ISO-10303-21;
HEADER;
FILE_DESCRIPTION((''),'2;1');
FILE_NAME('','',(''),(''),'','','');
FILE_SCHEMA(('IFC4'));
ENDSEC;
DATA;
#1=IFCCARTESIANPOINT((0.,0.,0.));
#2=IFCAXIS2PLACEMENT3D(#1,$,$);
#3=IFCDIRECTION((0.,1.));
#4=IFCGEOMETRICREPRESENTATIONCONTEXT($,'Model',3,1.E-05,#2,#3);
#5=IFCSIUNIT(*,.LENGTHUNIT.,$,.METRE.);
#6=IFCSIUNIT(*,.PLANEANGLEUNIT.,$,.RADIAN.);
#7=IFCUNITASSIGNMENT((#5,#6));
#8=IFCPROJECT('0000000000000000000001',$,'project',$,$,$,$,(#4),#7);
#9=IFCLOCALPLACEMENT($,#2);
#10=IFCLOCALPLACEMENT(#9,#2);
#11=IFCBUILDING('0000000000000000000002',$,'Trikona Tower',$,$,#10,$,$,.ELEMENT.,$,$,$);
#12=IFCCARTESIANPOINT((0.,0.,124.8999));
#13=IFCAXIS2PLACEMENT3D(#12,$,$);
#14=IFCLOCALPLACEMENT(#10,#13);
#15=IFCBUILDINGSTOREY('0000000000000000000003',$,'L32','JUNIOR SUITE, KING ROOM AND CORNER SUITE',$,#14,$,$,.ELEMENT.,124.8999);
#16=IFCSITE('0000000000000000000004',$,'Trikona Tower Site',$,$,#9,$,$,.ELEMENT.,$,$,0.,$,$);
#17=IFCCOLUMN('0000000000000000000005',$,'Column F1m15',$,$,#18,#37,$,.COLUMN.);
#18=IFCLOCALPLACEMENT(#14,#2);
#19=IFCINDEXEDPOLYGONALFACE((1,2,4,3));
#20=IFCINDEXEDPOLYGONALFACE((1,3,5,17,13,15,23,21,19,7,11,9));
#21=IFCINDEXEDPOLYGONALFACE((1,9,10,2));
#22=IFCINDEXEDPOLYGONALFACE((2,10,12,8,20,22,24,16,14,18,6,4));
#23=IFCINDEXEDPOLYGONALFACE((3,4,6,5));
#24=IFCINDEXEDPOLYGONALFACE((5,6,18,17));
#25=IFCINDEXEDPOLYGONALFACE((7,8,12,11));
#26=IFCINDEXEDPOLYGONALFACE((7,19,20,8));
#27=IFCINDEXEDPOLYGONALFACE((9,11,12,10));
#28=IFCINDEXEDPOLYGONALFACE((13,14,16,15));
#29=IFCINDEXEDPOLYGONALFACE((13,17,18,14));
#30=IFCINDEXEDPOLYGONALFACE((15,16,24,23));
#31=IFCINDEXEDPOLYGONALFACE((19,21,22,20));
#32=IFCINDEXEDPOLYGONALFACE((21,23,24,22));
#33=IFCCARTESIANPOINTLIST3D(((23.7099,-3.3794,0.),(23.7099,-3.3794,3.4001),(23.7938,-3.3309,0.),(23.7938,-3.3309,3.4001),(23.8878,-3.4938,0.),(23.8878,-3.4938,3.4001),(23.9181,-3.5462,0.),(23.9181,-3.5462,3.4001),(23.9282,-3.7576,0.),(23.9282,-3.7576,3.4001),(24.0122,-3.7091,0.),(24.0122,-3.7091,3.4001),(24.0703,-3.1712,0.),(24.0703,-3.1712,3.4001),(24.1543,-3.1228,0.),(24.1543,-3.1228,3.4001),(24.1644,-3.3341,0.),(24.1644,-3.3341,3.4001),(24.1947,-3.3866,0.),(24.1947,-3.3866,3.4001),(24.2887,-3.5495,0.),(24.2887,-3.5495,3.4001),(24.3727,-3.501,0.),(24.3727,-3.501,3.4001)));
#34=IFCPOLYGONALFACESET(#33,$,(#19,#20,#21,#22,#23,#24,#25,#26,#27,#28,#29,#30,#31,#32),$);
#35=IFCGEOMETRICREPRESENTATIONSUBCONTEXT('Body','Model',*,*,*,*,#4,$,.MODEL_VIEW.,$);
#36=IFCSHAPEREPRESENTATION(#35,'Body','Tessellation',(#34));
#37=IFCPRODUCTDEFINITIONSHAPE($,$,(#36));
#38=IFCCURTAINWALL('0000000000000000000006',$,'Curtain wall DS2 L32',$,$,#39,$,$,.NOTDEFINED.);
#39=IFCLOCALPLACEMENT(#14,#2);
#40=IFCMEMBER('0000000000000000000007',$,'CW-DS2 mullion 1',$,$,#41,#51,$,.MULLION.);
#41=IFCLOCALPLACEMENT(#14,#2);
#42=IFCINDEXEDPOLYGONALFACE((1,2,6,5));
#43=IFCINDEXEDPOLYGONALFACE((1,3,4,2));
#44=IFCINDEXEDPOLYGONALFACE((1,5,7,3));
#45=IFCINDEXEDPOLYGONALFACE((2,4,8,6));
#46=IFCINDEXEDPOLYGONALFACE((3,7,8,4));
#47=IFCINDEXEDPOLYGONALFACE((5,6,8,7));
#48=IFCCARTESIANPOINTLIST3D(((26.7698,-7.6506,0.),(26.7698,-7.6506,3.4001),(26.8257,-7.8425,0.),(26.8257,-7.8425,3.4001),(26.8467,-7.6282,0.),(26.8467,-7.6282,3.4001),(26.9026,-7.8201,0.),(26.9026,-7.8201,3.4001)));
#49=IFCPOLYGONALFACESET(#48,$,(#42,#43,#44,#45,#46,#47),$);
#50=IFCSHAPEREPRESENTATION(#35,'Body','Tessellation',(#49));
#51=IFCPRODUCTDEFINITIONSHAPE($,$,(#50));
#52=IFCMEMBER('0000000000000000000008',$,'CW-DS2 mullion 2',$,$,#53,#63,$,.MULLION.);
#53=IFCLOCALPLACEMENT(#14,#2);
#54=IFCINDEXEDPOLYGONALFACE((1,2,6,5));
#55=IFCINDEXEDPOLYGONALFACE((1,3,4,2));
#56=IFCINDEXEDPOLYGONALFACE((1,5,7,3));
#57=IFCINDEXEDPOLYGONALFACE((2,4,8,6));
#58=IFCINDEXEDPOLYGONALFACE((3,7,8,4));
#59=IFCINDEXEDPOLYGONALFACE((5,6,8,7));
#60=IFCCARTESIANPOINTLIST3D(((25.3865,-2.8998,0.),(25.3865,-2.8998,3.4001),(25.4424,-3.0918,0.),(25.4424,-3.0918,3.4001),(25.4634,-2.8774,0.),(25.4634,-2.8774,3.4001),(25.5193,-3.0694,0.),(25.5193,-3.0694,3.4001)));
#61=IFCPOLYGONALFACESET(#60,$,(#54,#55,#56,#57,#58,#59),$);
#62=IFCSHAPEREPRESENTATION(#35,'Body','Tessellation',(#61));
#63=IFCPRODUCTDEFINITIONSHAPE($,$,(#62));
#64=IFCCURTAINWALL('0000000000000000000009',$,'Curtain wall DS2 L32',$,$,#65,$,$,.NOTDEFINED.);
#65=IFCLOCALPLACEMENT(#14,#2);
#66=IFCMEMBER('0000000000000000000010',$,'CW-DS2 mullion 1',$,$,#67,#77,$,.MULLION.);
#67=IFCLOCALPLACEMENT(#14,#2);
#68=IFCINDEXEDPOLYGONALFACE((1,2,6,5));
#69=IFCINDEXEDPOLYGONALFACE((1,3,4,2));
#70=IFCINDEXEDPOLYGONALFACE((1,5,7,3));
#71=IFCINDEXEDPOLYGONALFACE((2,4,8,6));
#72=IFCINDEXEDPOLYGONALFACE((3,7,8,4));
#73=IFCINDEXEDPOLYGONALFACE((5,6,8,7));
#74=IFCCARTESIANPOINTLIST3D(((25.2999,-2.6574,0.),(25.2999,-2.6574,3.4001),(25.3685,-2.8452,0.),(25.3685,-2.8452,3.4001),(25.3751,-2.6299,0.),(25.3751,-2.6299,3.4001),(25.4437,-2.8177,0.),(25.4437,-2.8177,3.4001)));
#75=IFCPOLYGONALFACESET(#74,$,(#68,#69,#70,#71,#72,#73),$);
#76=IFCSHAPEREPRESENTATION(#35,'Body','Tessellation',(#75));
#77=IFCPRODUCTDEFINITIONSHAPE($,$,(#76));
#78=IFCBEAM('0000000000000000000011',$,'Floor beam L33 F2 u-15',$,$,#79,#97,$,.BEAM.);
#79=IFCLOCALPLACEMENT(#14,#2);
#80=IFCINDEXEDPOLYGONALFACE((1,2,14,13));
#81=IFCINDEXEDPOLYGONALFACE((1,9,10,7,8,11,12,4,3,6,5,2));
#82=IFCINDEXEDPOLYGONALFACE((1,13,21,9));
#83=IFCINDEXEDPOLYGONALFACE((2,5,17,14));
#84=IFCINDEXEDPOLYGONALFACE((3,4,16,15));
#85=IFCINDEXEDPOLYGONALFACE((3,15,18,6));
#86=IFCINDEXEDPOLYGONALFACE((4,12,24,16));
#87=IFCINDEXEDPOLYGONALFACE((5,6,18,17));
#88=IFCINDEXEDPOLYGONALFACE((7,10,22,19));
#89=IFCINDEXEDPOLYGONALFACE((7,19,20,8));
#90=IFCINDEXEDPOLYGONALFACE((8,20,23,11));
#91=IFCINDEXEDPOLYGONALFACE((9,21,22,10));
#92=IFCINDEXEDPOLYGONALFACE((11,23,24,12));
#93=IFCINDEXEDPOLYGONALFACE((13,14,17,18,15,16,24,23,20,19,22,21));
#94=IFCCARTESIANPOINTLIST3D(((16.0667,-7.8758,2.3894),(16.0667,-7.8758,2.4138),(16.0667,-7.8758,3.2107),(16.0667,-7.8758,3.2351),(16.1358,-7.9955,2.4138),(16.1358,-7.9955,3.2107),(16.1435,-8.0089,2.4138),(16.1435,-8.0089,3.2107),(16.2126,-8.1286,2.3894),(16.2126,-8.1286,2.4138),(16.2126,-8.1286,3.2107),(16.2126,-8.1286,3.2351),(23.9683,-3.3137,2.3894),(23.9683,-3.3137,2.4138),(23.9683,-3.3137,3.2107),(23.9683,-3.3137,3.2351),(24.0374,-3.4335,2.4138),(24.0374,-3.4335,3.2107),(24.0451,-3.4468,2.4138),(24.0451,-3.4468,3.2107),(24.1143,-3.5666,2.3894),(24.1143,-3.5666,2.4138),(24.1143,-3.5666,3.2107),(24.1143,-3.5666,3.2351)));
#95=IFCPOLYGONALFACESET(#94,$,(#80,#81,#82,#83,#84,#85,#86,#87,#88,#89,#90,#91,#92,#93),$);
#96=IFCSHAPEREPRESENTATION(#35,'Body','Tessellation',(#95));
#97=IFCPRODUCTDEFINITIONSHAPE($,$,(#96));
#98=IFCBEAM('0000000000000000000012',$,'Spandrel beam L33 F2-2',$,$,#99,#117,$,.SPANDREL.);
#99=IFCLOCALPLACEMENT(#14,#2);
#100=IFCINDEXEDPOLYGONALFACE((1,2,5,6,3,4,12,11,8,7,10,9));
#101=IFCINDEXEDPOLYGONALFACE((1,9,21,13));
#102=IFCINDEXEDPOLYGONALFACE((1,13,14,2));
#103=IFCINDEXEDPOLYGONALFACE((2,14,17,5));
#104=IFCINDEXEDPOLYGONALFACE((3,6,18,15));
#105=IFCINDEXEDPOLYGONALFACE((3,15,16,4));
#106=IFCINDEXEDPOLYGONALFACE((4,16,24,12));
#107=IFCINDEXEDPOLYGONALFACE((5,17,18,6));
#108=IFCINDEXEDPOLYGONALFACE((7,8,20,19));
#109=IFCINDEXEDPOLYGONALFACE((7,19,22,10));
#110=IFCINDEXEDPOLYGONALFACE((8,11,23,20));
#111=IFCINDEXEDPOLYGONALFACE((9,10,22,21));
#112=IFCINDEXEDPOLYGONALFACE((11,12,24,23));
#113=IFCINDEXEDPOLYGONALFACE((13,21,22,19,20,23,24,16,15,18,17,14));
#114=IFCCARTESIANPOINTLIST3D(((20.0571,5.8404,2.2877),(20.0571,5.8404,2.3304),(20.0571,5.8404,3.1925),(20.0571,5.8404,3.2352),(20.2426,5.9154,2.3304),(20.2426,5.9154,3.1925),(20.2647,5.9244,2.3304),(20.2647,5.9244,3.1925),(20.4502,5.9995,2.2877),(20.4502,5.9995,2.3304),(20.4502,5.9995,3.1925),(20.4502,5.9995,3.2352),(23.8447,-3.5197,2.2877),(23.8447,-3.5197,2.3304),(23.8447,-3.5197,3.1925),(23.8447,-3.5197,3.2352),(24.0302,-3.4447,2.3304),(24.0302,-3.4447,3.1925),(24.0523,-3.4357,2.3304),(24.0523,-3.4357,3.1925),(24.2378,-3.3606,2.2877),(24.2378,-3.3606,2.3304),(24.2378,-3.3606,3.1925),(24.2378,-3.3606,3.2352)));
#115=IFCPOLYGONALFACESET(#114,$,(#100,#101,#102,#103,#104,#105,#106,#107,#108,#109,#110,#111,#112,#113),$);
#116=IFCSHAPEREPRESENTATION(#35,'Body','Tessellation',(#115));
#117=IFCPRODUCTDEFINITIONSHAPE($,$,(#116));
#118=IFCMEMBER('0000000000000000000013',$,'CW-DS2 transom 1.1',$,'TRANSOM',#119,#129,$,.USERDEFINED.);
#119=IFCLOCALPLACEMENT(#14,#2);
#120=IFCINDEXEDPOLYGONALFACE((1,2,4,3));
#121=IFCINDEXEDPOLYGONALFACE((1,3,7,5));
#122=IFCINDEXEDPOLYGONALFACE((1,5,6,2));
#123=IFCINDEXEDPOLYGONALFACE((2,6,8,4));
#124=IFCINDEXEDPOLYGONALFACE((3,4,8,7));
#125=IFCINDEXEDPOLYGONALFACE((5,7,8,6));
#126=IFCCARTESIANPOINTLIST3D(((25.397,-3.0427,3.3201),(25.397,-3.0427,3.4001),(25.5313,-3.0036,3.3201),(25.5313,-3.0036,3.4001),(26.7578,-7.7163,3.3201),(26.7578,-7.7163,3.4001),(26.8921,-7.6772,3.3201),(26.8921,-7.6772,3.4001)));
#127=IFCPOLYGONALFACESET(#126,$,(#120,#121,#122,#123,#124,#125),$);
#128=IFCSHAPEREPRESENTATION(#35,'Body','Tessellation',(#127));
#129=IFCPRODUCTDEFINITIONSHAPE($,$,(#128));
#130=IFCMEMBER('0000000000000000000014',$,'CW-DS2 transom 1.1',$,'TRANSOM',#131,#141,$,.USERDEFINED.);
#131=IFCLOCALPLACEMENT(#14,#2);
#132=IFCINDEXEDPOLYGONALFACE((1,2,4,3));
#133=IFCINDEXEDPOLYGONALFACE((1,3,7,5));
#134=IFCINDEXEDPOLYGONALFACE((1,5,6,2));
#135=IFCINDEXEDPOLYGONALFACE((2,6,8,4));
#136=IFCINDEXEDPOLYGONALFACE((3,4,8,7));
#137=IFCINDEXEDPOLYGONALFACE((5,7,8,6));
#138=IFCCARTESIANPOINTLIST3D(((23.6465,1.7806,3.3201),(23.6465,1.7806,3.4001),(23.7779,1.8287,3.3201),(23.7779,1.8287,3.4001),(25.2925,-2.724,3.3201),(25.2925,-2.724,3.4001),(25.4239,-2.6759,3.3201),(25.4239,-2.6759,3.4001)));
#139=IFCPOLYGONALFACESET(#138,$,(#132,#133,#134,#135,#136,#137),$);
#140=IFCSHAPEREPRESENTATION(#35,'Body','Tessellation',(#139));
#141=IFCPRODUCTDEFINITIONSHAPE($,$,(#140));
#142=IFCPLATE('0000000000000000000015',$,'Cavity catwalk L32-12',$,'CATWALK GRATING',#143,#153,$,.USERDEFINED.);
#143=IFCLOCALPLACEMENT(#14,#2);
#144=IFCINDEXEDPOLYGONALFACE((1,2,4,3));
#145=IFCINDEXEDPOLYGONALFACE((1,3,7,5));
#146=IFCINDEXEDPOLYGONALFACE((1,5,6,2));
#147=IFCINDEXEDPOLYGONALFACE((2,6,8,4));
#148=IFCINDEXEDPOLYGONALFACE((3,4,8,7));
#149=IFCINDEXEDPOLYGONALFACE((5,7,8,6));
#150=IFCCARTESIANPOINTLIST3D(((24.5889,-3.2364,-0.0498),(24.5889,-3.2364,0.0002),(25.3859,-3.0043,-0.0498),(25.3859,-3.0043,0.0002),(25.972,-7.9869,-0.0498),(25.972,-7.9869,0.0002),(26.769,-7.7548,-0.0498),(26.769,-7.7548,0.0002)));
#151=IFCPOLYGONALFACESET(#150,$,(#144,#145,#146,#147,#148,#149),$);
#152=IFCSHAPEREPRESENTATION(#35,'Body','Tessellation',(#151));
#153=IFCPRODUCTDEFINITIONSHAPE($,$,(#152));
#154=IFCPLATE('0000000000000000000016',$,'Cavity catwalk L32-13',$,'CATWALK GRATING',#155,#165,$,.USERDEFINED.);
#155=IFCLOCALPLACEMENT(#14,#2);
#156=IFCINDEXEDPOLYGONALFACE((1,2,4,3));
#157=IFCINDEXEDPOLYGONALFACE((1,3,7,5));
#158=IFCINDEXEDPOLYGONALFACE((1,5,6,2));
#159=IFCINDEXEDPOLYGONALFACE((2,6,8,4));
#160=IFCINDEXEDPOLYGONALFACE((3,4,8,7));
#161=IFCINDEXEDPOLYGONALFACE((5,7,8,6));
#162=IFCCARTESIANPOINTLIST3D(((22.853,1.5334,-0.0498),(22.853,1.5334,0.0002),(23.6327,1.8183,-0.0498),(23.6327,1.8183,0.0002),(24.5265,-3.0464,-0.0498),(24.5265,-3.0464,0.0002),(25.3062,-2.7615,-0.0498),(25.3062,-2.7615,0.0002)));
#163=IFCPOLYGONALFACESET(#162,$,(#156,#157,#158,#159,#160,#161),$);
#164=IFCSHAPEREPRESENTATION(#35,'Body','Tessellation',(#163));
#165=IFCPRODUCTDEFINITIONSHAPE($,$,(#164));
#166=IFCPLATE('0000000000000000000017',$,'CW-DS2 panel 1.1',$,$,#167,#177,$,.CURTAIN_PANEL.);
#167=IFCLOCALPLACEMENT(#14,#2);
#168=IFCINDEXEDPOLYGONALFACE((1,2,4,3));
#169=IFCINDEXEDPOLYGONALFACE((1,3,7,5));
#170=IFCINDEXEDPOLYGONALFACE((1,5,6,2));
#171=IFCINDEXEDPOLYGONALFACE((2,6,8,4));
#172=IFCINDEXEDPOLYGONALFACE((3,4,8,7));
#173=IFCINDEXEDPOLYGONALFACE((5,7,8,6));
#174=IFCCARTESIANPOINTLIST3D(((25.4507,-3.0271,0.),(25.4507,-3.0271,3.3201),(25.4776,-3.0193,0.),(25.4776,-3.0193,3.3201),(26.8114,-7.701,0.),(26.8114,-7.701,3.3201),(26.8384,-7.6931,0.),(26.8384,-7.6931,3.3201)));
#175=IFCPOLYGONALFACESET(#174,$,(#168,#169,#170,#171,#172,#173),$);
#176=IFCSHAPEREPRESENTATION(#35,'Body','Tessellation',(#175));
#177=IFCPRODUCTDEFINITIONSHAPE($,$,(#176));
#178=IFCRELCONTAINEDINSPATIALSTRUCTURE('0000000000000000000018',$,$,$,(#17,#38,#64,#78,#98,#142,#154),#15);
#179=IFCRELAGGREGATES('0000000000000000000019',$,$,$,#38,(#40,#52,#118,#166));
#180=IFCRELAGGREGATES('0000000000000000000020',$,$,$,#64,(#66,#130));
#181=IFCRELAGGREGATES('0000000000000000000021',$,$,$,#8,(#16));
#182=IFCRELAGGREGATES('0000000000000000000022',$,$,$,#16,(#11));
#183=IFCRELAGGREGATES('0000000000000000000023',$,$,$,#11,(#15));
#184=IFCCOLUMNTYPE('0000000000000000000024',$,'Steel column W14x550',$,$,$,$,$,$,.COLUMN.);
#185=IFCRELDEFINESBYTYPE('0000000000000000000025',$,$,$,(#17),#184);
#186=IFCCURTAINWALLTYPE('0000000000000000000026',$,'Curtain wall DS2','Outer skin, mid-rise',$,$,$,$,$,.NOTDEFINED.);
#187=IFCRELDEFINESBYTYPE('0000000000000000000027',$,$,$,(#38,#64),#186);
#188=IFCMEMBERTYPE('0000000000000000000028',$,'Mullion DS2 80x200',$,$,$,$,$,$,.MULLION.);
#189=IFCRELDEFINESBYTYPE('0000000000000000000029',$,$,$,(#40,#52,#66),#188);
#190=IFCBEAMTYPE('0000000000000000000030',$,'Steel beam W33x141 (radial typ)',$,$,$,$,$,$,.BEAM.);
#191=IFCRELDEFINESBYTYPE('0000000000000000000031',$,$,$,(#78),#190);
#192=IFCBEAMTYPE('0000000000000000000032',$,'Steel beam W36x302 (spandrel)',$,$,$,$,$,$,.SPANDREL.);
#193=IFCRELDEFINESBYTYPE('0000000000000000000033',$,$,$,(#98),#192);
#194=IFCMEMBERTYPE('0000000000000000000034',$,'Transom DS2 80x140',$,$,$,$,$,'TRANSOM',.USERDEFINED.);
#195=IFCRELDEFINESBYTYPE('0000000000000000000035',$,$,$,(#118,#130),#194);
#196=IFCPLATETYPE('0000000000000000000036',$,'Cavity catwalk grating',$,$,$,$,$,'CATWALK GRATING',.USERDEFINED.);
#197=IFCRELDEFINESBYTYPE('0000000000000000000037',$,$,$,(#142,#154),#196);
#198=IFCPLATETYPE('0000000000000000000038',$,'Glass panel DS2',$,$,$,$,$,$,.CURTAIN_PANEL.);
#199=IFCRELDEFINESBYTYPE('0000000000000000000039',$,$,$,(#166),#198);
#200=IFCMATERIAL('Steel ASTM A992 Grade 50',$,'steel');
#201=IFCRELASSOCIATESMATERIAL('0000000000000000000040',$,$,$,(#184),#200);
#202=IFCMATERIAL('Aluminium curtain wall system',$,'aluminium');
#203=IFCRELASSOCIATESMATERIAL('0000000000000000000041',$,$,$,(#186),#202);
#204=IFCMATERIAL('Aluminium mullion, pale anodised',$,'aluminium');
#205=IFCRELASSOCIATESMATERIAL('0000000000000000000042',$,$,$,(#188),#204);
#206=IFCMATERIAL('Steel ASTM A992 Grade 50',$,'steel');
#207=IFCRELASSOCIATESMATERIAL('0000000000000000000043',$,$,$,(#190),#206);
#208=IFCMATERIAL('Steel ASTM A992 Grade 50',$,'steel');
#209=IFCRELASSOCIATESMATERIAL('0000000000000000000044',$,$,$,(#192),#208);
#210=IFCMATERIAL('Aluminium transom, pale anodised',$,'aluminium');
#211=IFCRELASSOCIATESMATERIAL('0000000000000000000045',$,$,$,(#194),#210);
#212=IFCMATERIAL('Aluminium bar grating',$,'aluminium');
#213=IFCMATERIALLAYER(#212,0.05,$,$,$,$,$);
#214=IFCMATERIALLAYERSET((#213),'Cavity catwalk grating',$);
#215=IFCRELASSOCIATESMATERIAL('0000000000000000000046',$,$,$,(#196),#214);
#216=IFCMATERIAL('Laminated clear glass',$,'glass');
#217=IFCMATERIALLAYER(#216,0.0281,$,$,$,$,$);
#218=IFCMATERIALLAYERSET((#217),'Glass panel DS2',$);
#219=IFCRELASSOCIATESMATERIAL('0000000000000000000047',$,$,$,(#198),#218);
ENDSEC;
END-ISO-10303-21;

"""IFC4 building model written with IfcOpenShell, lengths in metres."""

from ifc_helpers import new_model, si_unit, direction, frame, origin, origin_2d, place, context, subcontext, project, spatial, rectangle, i_section, extrude, material, layer, layer_set, material_profile, profile_set, type_object, element, aggregate, save


model = new_model("IFC4")

# Units and contexts
model_context = context("Model", 3, precision=1e-05, world=origin(), true_north=direction((0.0, 1.0)))
body_context = subcontext(model_context, "Body", "Model", "MODEL_VIEW")
ifc_project = project(units=[si_unit("LENGTHUNIT", "METRE"), si_unit("PLANEANGLEUNIT", "RADIAN")], contexts=[model_context])

# Site, building, storey
site_placement = place(None, origin())
site = spatial("IfcSite", under=ifc_project, at=site_placement, Name="Trikona Tower Site", CompositionType="ELEMENT", RefElevation=0.0)
building_placement = place(site_placement, origin())
building = spatial("IfcBuilding", under=site, at=building_placement, Name="Trikona Tower", CompositionType="ELEMENT")
storey_placement = place(building_placement, frame((0.0, 0.0, 124.8999)))
storey = spatial("IfcBuildingStorey", under=building, at=storey_placement, Name="L32", Description="JUNIOR SUITE, KING ROOM AND CORNER SUITE", CompositionType="ELEMENT", Elevation=124.8999)

# Column
ifc_material_1 = material(Name="Steel ASTM A992 Grade 50", Category="steel")
ifc_material_profile_1 = material_profile(ifc_material_1, i_section(OverallWidth=0.4368, OverallDepth=0.5132, WebThickness=0.0605, FlangeThickness=0.0969, at=origin_2d()), Name="W14X550")
ifc_profile_set_1 = profile_set([ifc_material_profile_1], Name="Steel ASTM A992 Grade 50")
column_type = type_object("IfcColumnType", Name="Steel column W14x550", PredefinedType="COLUMN", material=ifc_profile_set_1)
column_placement = place(storey_placement, frame((24.0413, -3.4402, 0.0), z_axis=(0.0, 0.0, 1.0), x_axis=(-0.5, 0.866025, 0.0)))
element("IfcColumn", 1, at=column_placement, inside=storey, type_object=column_type, Name="Column F1m15", PredefinedType="COLUMN", context=body_context, shape_type="SweptSolid", body=[
    extrude(i_section(OverallWidth=0.4368, OverallDepth=0.5132, WebThickness=0.0605, FlangeThickness=0.0969, at=origin_2d()), origin(), (0.0, 0.0, 1.0), 3.4001),
])

# Curtain wall, members
ifc_material_2 = material(Name="Aluminium curtain wall system", Category="aluminium")
curtain_wall_type = type_object("IfcCurtainWallType", Name="Curtain wall DS2", Description="Outer skin, mid-rise", PredefinedType="NOTDEFINED", material=ifc_material_2)
curtain_wall_1_placement = place(storey_placement, origin())
curtain_wall_1 = element("IfcCurtainWall", 2, at=curtain_wall_1_placement, inside=storey, type_object=curtain_wall_type, Name="Curtain wall DS2 L32", PredefinedType="NOTDEFINED")
ifc_material_3 = material(Name="Aluminium mullion, pale anodised", Category="aluminium")
ifc_material_profile_2 = material_profile(ifc_material_3, rectangle(XDim=0.0801, YDim=0.2, at=origin_2d()), Name="MUL-DS2")
ifc_profile_set_2 = profile_set([ifc_material_profile_2], Name="Aluminium mullion, pale anodised")
member_type_1 = type_object("IfcMemberType", Name="Mullion DS2 80x200", PredefinedType="MULLION", material=ifc_profile_set_2)
member_1_placement = place(storey_placement, frame((26.8362, -7.7354, 0.0), z_axis=(0.0, 0.0, 1.0), x_axis=(-0.960133, -0.279543, 0.0)))
member_1 = element("IfcMember", 3, at=member_1_placement, type_object=member_type_1, Name="CW-DS2 mullion 1", PredefinedType="MULLION", context=body_context, shape_type="SweptSolid", body=[
    extrude(rectangle(XDim=0.0801, YDim=0.2, at=origin_2d()), origin(), (0.0, 0.0, 1.0), 3.4001),
])
member_2_placement = place(storey_placement, frame((25.4529, -2.9846, 0.0), z_axis=(0.0, 0.0, 1.0), x_axis=(-0.960133, -0.279543, 0.0)))
member_2 = element("IfcMember", 4, at=member_2_placement, type_object=member_type_1, Name="CW-DS2 mullion 2", PredefinedType="MULLION", context=body_context, shape_type="SweptSolid", body=[
    extrude(rectangle(XDim=0.0801, YDim=0.2, at=origin_2d()), origin(), (0.0, 0.0, 1.0), 3.4001),
])

# Curtain wall, member
curtain_wall_2_placement = place(storey_placement, origin())
curtain_wall_2 = element("IfcCurtainWall", 5, at=curtain_wall_2_placement, inside=storey, type_object=curtain_wall_type, Name="Curtain wall DS2 L32", PredefinedType="NOTDEFINED")
member_3_placement = place(storey_placement, frame((25.3718, -2.7375, 0.0), z_axis=(0.0, 0.0, 1.0), x_axis=(-0.939254, -0.343223, 0.0)))
member_3 = element("IfcMember", 6, at=member_3_placement, type_object=member_type_1, Name="CW-DS2 mullion 1", PredefinedType="MULLION", context=body_context, shape_type="SweptSolid", body=[
    extrude(rectangle(XDim=0.0801, YDim=0.2, at=origin_2d()), origin(), (0.0, 0.0, 1.0), 3.4001),
])

# Beams
ifc_material_4 = material(Name="Steel ASTM A992 Grade 50", Category="steel")
ifc_material_profile_3 = material_profile(ifc_material_4, i_section(OverallWidth=0.292, OverallDepth=0.8457, WebThickness=0.0154, FlangeThickness=0.0244, at=origin_2d()), Name="W33X141")
ifc_profile_set_3 = profile_set([ifc_material_profile_3], Name="Steel ASTM A992 Grade 50")
beam_type_1 = type_object("IfcBeamType", Name="Steel beam W33x141 (radial typ)", PredefinedType="BEAM", material=ifc_profile_set_3)
beam_1_placement = place(storey_placement, frame((16.1396, -8.0022, 2.8123), z_axis=(0.866025, 0.500001, 0.0), x_axis=(-0.500001, 0.866025, 0.0)))
element("IfcBeam", 7, at=beam_1_placement, inside=storey, type_object=beam_type_1, Name="Floor beam L33 F2 u-15", PredefinedType="BEAM", context=body_context, shape_type="SweptSolid", body=[
    extrude(i_section(OverallWidth=0.292, OverallDepth=0.8457, WebThickness=0.0154, FlangeThickness=0.0244, at=origin_2d()), origin(), (0.0, 0.0, 1.0), 9.124),
])
ifc_material_5 = material(Name="Steel ASTM A992 Grade 50", Category="steel")
ifc_material_profile_4 = material_profile(ifc_material_5, i_section(OverallWidth=0.4241, OverallDepth=0.9475, WebThickness=0.0239, FlangeThickness=0.0427, at=origin_2d()), Name="W36X302")
ifc_profile_set_4 = profile_set([ifc_material_profile_4], Name="Steel ASTM A992 Grade 50")
beam_type_2 = type_object("IfcBeamType", Name="Steel beam W36x302 (spandrel)", PredefinedType="SPANDREL", material=ifc_profile_set_4)
beam_2_placement = place(storey_placement, frame((24.0413, -3.4402, 2.7615), z_axis=(-0.375106, 0.926982, 0.0), x_axis=(-0.926982, -0.375106, 0.0)))
element("IfcBeam", 8, at=beam_2_placement, inside=storey, type_object=beam_type_2, Name="Spandrel beam L33 F2-2", PredefinedType="SPANDREL", context=body_context, shape_type="SweptSolid", body=[
    extrude(i_section(OverallWidth=0.4241, OverallDepth=0.9475, WebThickness=0.0239, FlangeThickness=0.0427, at=origin_2d()), origin(), (0.0, 0.0, 1.0), 10.0974),
])

# Members
ifc_material_6 = material(Name="Aluminium transom, pale anodised", Category="aluminium")
ifc_material_profile_5 = material_profile(ifc_material_6, rectangle(XDim=0.1399, YDim=0.0801, at=origin_2d()), Name="TRN-DS2")
ifc_profile_set_5 = profile_set([ifc_material_profile_5], Name="Aluminium transom, pale anodised")
member_type_2 = type_object("IfcMemberType", Name="Transom DS2 80x140", ElementType="TRANSOM", PredefinedType="USERDEFINED", material=ifc_profile_set_5)
member_4_placement = place(storey_placement, frame((26.825, -7.6968, 3.3601), z_axis=(-0.279567, 0.960126, 0.0), x_axis=(-0.960126, -0.279567, 0.0)))
member_4 = element("IfcMember", 9, at=member_4_placement, type_object=member_type_2, Name="CW-DS2 transom 1.1", ObjectType="TRANSOM", PredefinedType="USERDEFINED", context=body_context, shape_type="SweptSolid", body=[
    extrude(rectangle(XDim=0.1399, YDim=0.0801, at=origin_2d()), origin(), (0.0, 0.0, 1.0), 4.8677),
])
member_5_placement = place(storey_placement, frame((25.3582, -2.7, 3.3601), z_axis=(-0.343206, 0.93926, 0.0), x_axis=(-0.93926, -0.343206, 0.0)))
member_5 = element("IfcMember", 10, at=member_5_placement, type_object=member_type_2, Name="CW-DS2 transom 1.1", ObjectType="TRANSOM", PredefinedType="USERDEFINED", context=body_context, shape_type="SweptSolid", body=[
    extrude(rectangle(XDim=0.1399, YDim=0.0801, at=origin_2d()), origin(), (0.0, 0.0, 1.0), 4.7959),
])

# Plates
ifc_material_7 = material(Name="Aluminium bar grating", Category="aluminium")
ifc_layer_1 = layer(ifc_material_7, 0.05)
ifc_layer_set_1 = layer_set([ifc_layer_1], Name="Cavity catwalk grating")
plate_type_1 = type_object("IfcPlateType", Name="Cavity catwalk grating", ElementType="CATWALK GRATING", PredefinedType="USERDEFINED", material=ifc_layer_set_1)
plate_1_placement = place(storey_placement, frame((25.679, -5.4956, -0.0498), z_axis=(0.0, 0.0, 1.0), x_axis=(-0.279554, 0.96013, 0.0)))
element("IfcPlate", 11, at=plate_1_placement, inside=storey, type_object=plate_type_1, Name="Cavity catwalk L32-12", ObjectType="CATWALK GRATING", PredefinedType="USERDEFINED", context=body_context, shape_type="SweptSolid", body=[
    extrude(rectangle(XDim=4.9478, YDim=0.8301, at=origin_2d()), origin(), (0.0, 0.0, 1.0), 0.05),
])
plate_2_placement = place(storey_placement, frame((24.0796, -0.614, -0.0498), z_axis=(0.0, 0.0, 1.0), x_axis=(-0.34322, 0.939255, 0.0)))
element("IfcPlate", 12, at=plate_2_placement, inside=storey, type_object=plate_type_1, Name="Cavity catwalk L32-13", ObjectType="CATWALK GRATING", PredefinedType="USERDEFINED", context=body_context, shape_type="SweptSolid", body=[
    extrude(rectangle(XDim=4.876, YDim=0.8301, at=origin_2d()), origin(), (0.0, 0.0, 1.0), 0.05),
])

# Plate
ifc_material_8 = material(Name="Laminated clear glass", Category="glass")
ifc_layer_2 = layer(ifc_material_8, 0.0281)
ifc_layer_set_2 = layer_set([ifc_layer_2], Name="Glass panel DS2")
plate_type_2 = type_object("IfcPlateType", Name="Glass panel DS2", PredefinedType="CURTAIN_PANEL", material=ifc_layer_set_2)
plate_3_placement = place(storey_placement, frame((26.1445, -5.3601, 0.0), z_axis=(0.0, 0.0, 1.0), x_axis=(-0.279543, 0.960133, 0.0)))
plate_3 = element("IfcPlate", 13, at=plate_3_placement, type_object=plate_type_2, Name="CW-DS2 panel 1.1", PredefinedType="CURTAIN_PANEL", context=body_context, shape_type="SweptSolid", body=[
    extrude(rectangle(XDim=4.8679, YDim=0.0281, at=origin_2d()), origin(), (0.0, 0.0, 1.0), 3.3201),
])
aggregate(curtain_wall_1, [member_1, member_2, member_4, plate_3])
aggregate(curtain_wall_2, [member_3, member_5])

save(model, "model.ifc")
